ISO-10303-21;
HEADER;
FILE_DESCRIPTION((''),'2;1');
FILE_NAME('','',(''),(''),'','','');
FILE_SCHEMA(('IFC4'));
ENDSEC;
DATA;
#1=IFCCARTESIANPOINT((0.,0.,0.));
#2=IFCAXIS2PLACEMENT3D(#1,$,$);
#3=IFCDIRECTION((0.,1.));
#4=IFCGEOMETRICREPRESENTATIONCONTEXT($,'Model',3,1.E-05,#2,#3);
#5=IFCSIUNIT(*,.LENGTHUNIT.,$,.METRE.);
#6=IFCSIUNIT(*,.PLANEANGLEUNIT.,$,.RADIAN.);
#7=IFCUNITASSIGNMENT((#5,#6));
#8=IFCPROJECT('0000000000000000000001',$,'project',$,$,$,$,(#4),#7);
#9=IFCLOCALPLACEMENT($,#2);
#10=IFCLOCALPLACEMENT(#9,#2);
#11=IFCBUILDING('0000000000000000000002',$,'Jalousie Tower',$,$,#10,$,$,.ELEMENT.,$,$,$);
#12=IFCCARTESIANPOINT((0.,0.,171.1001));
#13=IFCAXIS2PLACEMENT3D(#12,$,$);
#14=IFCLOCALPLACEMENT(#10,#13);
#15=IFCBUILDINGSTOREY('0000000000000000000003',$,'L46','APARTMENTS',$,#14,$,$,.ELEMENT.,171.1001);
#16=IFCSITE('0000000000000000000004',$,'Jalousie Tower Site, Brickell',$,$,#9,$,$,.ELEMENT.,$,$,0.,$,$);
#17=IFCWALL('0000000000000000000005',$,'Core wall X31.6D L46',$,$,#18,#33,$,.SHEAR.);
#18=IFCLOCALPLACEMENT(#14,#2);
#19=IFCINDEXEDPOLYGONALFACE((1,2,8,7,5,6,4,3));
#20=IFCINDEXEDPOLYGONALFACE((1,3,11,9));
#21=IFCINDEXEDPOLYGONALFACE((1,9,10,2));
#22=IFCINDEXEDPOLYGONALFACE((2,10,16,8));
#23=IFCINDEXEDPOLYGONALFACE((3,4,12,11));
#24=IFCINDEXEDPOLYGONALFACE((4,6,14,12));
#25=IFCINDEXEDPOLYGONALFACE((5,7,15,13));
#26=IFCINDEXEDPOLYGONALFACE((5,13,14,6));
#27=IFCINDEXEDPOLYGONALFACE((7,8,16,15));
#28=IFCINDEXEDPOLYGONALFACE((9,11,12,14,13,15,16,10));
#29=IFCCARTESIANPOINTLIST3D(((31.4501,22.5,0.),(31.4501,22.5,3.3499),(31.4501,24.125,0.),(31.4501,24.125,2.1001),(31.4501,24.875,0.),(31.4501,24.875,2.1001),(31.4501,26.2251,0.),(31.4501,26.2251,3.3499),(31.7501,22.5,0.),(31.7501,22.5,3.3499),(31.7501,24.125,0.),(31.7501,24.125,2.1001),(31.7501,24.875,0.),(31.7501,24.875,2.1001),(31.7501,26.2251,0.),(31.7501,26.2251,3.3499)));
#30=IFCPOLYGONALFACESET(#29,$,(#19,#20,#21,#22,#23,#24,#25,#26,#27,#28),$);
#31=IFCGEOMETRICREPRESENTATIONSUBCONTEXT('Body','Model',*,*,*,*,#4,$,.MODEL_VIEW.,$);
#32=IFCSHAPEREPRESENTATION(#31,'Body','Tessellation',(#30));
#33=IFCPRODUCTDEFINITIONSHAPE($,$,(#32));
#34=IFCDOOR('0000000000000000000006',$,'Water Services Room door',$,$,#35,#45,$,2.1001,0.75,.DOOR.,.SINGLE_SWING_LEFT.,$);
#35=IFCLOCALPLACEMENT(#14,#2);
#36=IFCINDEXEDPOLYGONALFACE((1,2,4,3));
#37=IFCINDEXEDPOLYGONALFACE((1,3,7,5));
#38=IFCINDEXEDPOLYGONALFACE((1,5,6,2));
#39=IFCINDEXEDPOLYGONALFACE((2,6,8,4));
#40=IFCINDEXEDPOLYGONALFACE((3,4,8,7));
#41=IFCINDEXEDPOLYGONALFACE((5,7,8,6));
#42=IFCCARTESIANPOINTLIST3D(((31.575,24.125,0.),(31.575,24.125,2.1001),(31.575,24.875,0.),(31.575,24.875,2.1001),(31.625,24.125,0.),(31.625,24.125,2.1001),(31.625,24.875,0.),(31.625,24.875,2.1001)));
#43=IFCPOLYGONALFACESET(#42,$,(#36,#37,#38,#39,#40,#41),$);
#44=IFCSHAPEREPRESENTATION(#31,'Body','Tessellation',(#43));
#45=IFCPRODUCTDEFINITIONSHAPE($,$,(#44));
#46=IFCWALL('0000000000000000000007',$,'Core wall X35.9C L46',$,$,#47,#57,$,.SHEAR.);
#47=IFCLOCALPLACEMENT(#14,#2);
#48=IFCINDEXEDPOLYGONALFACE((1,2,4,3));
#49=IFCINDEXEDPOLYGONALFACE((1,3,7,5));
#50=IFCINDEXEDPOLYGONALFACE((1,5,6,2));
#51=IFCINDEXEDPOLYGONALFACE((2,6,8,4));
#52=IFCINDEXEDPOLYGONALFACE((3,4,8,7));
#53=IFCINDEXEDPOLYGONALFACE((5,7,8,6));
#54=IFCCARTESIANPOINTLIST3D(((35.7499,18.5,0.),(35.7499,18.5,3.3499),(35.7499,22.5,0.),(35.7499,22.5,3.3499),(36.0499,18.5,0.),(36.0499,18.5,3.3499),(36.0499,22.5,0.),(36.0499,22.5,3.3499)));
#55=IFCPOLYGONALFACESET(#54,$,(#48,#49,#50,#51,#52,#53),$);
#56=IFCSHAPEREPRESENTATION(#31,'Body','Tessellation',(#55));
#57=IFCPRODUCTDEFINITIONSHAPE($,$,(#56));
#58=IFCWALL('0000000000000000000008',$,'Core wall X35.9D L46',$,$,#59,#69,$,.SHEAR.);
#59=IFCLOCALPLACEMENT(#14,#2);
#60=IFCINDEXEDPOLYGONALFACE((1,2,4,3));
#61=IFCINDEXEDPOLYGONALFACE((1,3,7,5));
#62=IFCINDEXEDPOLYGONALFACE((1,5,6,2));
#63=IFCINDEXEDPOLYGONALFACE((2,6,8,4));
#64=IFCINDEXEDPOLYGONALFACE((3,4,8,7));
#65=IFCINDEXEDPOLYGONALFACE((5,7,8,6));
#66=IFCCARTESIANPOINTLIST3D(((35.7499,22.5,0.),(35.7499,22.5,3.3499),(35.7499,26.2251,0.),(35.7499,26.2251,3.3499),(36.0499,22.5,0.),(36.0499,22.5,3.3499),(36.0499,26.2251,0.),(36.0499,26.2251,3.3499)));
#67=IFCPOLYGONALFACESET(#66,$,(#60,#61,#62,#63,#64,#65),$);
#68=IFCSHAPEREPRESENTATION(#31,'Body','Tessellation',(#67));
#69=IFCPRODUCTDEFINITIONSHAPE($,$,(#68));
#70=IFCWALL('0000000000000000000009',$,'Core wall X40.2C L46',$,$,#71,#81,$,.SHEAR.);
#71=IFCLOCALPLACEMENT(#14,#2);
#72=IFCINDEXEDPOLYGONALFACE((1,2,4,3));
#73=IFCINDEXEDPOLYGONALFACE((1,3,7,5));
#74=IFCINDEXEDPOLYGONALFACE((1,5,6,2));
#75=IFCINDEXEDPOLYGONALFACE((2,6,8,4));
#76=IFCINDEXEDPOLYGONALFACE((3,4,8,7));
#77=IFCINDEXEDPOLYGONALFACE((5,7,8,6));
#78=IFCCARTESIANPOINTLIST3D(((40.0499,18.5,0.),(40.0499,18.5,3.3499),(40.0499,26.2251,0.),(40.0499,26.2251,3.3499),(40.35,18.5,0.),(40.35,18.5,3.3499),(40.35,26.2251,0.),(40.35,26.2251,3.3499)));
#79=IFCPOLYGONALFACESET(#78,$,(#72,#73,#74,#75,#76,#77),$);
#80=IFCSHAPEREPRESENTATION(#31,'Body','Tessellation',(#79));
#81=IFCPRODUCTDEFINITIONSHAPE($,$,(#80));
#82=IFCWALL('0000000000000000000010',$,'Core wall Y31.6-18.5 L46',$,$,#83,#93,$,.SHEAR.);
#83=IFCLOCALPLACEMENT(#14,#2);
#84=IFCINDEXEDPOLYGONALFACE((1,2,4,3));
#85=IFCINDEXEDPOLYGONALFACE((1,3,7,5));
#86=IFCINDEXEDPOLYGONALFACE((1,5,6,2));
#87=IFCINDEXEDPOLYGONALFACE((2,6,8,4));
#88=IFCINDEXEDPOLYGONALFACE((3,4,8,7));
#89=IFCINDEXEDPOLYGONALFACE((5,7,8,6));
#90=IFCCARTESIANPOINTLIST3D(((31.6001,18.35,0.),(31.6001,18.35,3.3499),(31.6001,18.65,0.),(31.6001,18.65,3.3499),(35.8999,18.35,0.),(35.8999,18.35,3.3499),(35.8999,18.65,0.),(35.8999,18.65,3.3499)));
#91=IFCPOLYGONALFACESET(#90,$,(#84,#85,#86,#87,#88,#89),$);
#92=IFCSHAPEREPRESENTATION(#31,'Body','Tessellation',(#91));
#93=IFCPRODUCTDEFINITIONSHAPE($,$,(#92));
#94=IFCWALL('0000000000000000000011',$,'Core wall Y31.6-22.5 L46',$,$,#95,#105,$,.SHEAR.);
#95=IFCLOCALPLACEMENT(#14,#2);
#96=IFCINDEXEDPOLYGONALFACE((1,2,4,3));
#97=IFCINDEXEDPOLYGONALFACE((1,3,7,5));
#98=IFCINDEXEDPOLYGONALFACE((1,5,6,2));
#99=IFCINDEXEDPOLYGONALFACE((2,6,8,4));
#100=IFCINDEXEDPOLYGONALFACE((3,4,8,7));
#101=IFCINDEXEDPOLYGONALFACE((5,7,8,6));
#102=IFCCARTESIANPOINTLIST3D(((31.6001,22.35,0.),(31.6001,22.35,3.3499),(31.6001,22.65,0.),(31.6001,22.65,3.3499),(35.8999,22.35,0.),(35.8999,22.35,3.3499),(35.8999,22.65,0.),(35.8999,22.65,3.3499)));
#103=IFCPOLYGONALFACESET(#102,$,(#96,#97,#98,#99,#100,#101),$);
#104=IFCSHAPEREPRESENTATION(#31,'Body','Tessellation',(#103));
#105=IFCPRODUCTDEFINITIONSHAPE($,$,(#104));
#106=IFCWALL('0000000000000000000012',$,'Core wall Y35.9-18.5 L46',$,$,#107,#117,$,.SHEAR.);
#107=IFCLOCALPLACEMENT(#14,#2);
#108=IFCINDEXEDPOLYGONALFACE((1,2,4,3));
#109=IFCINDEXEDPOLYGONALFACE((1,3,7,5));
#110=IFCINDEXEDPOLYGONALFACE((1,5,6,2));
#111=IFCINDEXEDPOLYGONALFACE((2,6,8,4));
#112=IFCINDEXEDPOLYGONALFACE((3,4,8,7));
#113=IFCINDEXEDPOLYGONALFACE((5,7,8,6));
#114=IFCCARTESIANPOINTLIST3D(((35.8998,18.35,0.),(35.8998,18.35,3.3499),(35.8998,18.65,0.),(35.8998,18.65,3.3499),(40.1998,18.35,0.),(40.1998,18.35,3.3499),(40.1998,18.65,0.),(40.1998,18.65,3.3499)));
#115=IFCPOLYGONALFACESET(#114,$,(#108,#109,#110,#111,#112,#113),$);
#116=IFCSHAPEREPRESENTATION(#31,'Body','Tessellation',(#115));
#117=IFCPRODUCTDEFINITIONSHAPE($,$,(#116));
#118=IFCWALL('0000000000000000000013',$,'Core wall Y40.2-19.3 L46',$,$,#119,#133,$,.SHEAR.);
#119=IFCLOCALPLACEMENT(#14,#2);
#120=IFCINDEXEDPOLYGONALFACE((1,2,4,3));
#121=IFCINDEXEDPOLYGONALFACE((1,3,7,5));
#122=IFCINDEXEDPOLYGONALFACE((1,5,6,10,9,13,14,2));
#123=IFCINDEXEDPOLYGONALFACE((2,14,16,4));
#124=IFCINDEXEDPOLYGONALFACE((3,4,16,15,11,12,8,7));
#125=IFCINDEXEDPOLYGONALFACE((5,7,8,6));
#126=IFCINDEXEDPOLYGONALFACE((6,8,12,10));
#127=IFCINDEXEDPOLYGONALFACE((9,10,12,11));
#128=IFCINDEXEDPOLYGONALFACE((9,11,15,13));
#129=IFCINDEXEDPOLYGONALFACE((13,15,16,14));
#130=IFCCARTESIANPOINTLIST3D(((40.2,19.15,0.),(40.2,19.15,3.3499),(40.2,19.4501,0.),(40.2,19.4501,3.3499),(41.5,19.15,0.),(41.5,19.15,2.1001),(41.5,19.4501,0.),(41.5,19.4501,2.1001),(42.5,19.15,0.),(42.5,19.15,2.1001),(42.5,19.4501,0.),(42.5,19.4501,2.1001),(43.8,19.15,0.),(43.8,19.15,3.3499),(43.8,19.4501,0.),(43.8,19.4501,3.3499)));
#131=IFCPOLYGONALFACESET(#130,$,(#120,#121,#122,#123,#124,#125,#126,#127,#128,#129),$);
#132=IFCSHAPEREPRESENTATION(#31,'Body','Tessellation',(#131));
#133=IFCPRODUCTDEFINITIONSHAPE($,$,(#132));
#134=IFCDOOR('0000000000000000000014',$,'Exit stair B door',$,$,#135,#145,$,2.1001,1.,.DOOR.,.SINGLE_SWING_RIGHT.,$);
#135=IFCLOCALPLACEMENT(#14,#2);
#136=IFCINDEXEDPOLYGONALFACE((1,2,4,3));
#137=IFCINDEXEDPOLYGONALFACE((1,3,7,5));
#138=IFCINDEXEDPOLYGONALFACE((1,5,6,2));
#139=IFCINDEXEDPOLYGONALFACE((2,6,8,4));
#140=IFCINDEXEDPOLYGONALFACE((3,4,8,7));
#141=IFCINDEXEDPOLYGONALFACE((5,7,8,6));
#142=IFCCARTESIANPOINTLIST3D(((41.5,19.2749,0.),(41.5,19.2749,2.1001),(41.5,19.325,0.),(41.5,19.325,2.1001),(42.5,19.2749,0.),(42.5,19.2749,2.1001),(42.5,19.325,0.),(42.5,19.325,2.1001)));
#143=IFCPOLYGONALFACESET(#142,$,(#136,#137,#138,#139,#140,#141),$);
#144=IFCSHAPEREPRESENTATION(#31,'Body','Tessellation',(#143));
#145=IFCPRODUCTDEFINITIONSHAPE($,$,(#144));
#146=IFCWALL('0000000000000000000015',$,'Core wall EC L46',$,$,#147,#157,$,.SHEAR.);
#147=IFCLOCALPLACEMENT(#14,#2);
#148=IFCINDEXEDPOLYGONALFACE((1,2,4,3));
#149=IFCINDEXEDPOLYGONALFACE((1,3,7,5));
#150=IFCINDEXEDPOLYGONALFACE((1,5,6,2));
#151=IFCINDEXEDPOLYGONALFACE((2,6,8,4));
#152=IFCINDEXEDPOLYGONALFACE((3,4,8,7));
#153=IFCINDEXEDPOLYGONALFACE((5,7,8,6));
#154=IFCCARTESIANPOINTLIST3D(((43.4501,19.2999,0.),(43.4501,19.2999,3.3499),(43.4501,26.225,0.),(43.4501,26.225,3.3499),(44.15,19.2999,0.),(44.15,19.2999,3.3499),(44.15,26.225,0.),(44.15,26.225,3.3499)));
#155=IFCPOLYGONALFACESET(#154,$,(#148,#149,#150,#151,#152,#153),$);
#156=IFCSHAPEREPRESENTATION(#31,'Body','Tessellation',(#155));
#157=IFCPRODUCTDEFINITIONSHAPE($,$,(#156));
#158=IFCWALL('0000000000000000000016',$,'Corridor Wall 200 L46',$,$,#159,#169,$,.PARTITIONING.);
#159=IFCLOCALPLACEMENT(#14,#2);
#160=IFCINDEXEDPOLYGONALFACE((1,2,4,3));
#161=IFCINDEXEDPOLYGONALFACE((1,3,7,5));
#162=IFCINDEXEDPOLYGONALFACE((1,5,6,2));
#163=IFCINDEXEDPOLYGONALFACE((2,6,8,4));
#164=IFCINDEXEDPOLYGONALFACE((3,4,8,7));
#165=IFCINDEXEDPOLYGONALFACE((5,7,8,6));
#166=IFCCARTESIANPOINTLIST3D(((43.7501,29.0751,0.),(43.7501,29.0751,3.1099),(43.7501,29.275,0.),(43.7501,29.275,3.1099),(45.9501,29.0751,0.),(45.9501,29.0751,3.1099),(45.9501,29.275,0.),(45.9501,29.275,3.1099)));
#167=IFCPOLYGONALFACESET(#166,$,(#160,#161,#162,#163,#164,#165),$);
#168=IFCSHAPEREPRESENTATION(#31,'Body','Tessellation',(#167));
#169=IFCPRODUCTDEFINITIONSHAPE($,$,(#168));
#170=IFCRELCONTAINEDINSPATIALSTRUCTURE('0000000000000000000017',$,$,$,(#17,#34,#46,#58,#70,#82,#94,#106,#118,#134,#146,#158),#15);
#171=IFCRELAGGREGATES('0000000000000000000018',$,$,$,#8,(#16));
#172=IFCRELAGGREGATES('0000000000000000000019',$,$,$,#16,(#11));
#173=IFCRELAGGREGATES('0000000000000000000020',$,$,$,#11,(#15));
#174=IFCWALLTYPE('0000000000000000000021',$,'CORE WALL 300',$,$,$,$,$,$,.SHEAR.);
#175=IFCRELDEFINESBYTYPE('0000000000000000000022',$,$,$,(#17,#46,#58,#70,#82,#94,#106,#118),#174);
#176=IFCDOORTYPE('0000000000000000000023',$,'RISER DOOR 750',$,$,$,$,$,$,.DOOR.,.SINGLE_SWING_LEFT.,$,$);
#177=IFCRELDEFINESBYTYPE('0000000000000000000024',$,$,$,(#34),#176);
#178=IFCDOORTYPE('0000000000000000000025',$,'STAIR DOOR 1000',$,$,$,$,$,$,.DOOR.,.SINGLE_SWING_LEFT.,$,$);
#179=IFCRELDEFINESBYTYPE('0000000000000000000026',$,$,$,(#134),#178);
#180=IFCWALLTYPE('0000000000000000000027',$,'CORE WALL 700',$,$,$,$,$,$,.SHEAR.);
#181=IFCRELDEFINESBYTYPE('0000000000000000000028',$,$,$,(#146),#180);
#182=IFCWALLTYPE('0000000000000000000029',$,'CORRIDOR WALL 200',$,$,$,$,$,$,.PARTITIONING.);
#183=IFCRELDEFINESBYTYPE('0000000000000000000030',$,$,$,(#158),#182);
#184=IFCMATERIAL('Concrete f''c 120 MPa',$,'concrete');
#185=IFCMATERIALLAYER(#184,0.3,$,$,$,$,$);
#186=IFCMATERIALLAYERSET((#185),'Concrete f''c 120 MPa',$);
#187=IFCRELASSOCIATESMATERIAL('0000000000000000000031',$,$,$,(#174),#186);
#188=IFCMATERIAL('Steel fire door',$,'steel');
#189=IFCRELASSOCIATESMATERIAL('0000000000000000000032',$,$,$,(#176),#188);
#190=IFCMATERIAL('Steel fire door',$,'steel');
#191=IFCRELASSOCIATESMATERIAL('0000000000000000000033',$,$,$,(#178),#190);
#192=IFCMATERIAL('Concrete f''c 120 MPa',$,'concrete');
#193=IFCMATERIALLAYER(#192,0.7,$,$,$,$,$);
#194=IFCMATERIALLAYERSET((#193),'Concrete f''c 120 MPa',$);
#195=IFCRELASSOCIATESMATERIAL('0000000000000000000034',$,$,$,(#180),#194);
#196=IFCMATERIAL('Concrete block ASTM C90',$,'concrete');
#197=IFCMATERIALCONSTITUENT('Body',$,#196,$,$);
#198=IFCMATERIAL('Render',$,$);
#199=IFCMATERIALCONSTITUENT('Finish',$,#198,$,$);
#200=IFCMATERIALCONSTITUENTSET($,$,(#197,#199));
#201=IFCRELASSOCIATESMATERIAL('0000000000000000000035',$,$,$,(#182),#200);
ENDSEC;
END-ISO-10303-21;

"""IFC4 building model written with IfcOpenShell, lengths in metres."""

from ifc_helpers import new_model, si_unit, direction, frame, frame_2d, origin, place, context, subcontext, project, spatial, rectangle, extrude, material, layer, layer_set, constituent, constituent_set, type_object, element, fill, save


model = new_model("IFC4")

# Units and contexts
model_context = context("Model", 3, precision=1e-05, world=origin(), true_north=direction((0.0, 1.0)))
body_context = subcontext(model_context, "Body", "Model", "MODEL_VIEW")
ifc_project = project(units=[si_unit("LENGTHUNIT", "METRE"), si_unit("PLANEANGLEUNIT", "RADIAN")], contexts=[model_context])

# Site, building, storey
site_placement = place(None, origin())
site = spatial("IfcSite", under=ifc_project, at=site_placement, Name="Jalousie Tower Site, Brickell", CompositionType="ELEMENT", RefElevation=0.0)
building_placement = place(site_placement, origin())
building = spatial("IfcBuilding", under=site, at=building_placement, Name="Jalousie Tower", CompositionType="ELEMENT")
storey_placement = place(building_placement, frame((0.0, 0.0, 171.1001)))
storey = spatial("IfcBuildingStorey", under=building, at=storey_placement, Name="L46", Description="APARTMENTS", CompositionType="ELEMENT", Elevation=171.1001)

# Wall, opening, door
ifc_material_1 = material(Name="Concrete f'c 120 MPa", Category="concrete")
ifc_layer_1 = layer(ifc_material_1, 0.3)
ifc_layer_set_1 = layer_set([ifc_layer_1], Name="Concrete f'c 120 MPa")
wall_type_1 = type_object("IfcWallType", Name="CORE WALL 300", PredefinedType="SHEAR", material=ifc_layer_set_1)
ifc_material_2 = material(Name="Steel fire door", Category="steel")
door_type_1 = type_object("IfcDoorType", Name="RISER DOOR 750", OperationType="SINGLE_SWING_LEFT", PredefinedType="DOOR", material=ifc_material_2)
wall_1_placement = place(storey_placement, frame((31.6001, 22.5, 0.0), z_axis=(0.0, 0.0, 1.0), x_axis=(0.0, 1.0, 0.0)))
wall_1 = element("IfcWall", 1, at=wall_1_placement, inside=storey, type_object=wall_type_1, Name="Core wall X31.6D L46", PredefinedType="SHEAR", context=body_context, shape_type="SweptSolid", body=[
    extrude(rectangle(XDim=3.7251, YDim=0.3, at=frame_2d((1.8625, 0.0))), origin(), (0.0, 0.0, 1.0), 3.3499),
])
opening_1_placement = place(wall_1_placement, frame((1.625, 0.0, 0.0)))
opening_1 = element("IfcOpeningElement", 2, at=opening_1_placement, cuts=wall_1, PredefinedType="OPENING", context=body_context, shape_type="SweptSolid", body=[
    extrude(rectangle(XDim=0.75, YDim=2.1001, at=frame_2d((0.375, 1.05))), frame((0.0, 0.1599, 0.0), z_axis=(0.0, -1.0, 0.0), x_axis=(1.0, 0.0, 0.0)), (0.0, 0.0, 1.0), 0.3201),
])
door_1_placement = place(opening_1_placement, frame((0.75, 0.0, 0.0), z_axis=(0.0, 0.0, 1.0), x_axis=(-1.0, 0.0, 0.0)))
door_1 = element("IfcDoor", 3, at=door_1_placement, inside=storey, type_object=door_type_1, Name="Water Services Room door", OperationType="SINGLE_SWING_LEFT", OverallHeight=2.1001, OverallWidth=0.75, PredefinedType="DOOR", context=body_context, shape_type="SweptSolid", body=[
    extrude(rectangle(XDim=0.75, YDim=2.1001, at=frame_2d((0.375, 1.05))), frame((0.0, 0.0249, 0.0), z_axis=(0.0, -1.0, 0.0), x_axis=(1.0, 0.0, 0.0)), (0.0, 0.0, 1.0), 0.05),
])
fill(opening_1, door_1)

# Walls
wall_2_placement = place(storey_placement, frame((35.8999, 18.5, 0.0), z_axis=(0.0, 0.0, 1.0), x_axis=(0.0, 1.0, 0.0)))
element("IfcWall", 4, at=wall_2_placement, inside=storey, type_object=wall_type_1, Name="Core wall X35.9C L46", PredefinedType="SHEAR", context=body_context, shape_type="SweptSolid", body=[
    extrude(rectangle(XDim=4.0, YDim=0.3, at=frame_2d((2.0, 0.0))), origin(), (0.0, 0.0, 1.0), 3.3499),
])
wall_3_placement = place(storey_placement, frame((35.8999, 22.5, 0.0), z_axis=(0.0, 0.0, 1.0), x_axis=(0.0, 1.0, 0.0)))
element("IfcWall", 5, at=wall_3_placement, inside=storey, type_object=wall_type_1, Name="Core wall X35.9D L46", PredefinedType="SHEAR", context=body_context, shape_type="SweptSolid", body=[
    extrude(rectangle(XDim=3.7251, YDim=0.3, at=frame_2d((1.8625, 0.0))), origin(), (0.0, 0.0, 1.0), 3.3499),
])
wall_4_placement = place(storey_placement, frame((40.2, 18.5, 0.0), z_axis=(0.0, 0.0, 1.0), x_axis=(0.0, 1.0, 0.0)))
element("IfcWall", 6, at=wall_4_placement, inside=storey, type_object=wall_type_1, Name="Core wall X40.2C L46", PredefinedType="SHEAR", context=body_context, shape_type="SweptSolid", body=[
    extrude(rectangle(XDim=7.7251, YDim=0.3, at=frame_2d((3.8625, 0.0))), origin(), (0.0, 0.0, 1.0), 3.3499),
])
for number, where, z_axis, x_axis, name in (
    (7, (31.6001, 18.5, 0.0), (0.0, 0.0, 1.0), (1.0, 0.0, 0.0), "Core wall Y31.6-18.5 L46"),
    (8, (31.6001, 22.5, 0.0), (0.0, 0.0, 1.0), (1.0, 0.0, 0.0), "Core wall Y31.6-22.5 L46"),
):
    element("IfcWall", number, at=place(storey_placement, frame(where, z_axis=z_axis, x_axis=x_axis)), inside=storey, type_object=wall_type_1, Name=name, PredefinedType="SHEAR", context=body_context, shape_type="SweptSolid", body=[
        extrude(rectangle(XDim=4.2998, YDim=0.3, at=frame_2d((2.1499, 0.0))), origin(), (0.0, 0.0, 1.0), 3.3499),
    ])
wall_5_placement = place(storey_placement, frame((35.8999, 18.5, 0.0), z_axis=(0.0, 0.0, 1.0), x_axis=(1.0, 0.0, 0.0)))
element("IfcWall", 9, at=wall_5_placement, inside=storey, type_object=wall_type_1, Name="Core wall Y35.9-18.5 L46", PredefinedType="SHEAR", context=body_context, shape_type="SweptSolid", body=[
    extrude(rectangle(XDim=4.3, YDim=0.3, at=frame_2d((2.1499, 0.0))), origin(), (0.0, 0.0, 1.0), 3.3499),
])

# Wall, opening, door
wall_6_placement = place(storey_placement, frame((40.2, 19.3, 0.0), z_axis=(0.0, 0.0, 1.0), x_axis=(1.0, 0.0, 0.0)))
wall_6 = element("IfcWall", 10, at=wall_6_placement, inside=storey, type_object=wall_type_1, Name="Core wall Y40.2-19.3 L46", PredefinedType="SHEAR", context=body_context, shape_type="SweptSolid", body=[
    extrude(rectangle(XDim=3.6001, YDim=0.3, at=frame_2d((1.8, 0.0))), origin(), (0.0, 0.0, 1.0), 3.3499),
])
opening_2_placement = place(wall_6_placement, frame((1.3, 0.0, 0.0)))
opening_2 = element("IfcOpeningElement", 11, at=opening_2_placement, cuts=wall_6, PredefinedType="OPENING", context=body_context, shape_type="SweptSolid", body=[
    extrude(rectangle(XDim=1.0, YDim=2.1001, at=frame_2d((0.5, 1.05))), frame((0.0, 0.1599, 0.0), z_axis=(0.0, -1.0, 0.0), x_axis=(1.0, 0.0, 0.0)), (0.0, 0.0, 1.0), 0.3201),
])
ifc_material_3 = material(Name="Steel fire door", Category="steel")
door_type_2 = type_object("IfcDoorType", Name="STAIR DOOR 1000", OperationType="SINGLE_SWING_LEFT", PredefinedType="DOOR", material=ifc_material_3)
door_2_placement = place(opening_2_placement, origin())
door_2 = element("IfcDoor", 12, at=door_2_placement, inside=storey, type_object=door_type_2, Name="Exit stair B door", OperationType="SINGLE_SWING_RIGHT", OverallHeight=2.1001, OverallWidth=1.0, PredefinedType="DOOR", context=body_context, shape_type="SweptSolid", body=[
    extrude(rectangle(XDim=1.0, YDim=2.1001, at=frame_2d((0.5, 1.05))), frame((0.0, 0.0249, 0.0), z_axis=(0.0, -1.0, 0.0), x_axis=(1.0, 0.0, 0.0)), (0.0, 0.0, 1.0), 0.05),
])
fill(opening_2, door_2)

# Walls
ifc_material_4 = material(Name="Concrete f'c 120 MPa", Category="concrete")
ifc_layer_2 = layer(ifc_material_4, 0.7)
ifc_layer_set_2 = layer_set([ifc_layer_2], Name="Concrete f'c 120 MPa")
wall_type_2 = type_object("IfcWallType", Name="CORE WALL 700", PredefinedType="SHEAR", material=ifc_layer_set_2)
wall_7_placement = place(storey_placement, frame((43.8, 19.3, 0.0), z_axis=(0.0, 0.0, 1.0), x_axis=(0.0, 1.0, 0.0)))
element("IfcWall", 13, at=wall_7_placement, inside=storey, type_object=wall_type_2, Name="Core wall EC L46", PredefinedType="SHEAR", context=body_context, shape_type="SweptSolid", body=[
    extrude(rectangle(XDim=6.925, YDim=0.7, at=frame_2d((3.4624, 0.0))), origin(), (0.0, 0.0, 1.0), 3.3499),
])
ifc_material_5 = material(Name="Concrete block ASTM C90", Category="concrete")
ifc_constituent_1 = constituent(ifc_material_5, Name="Body")
ifc_material_6 = material(Name="Render")
ifc_constituent_2 = constituent(ifc_material_6, Name="Finish")
ifc_constituent_set_1 = constituent_set(constituents=[ifc_constituent_1, ifc_constituent_2])
wall_type_3 = type_object("IfcWallType", Name="CORRIDOR WALL 200", PredefinedType="PARTITIONING", material=ifc_constituent_set_1)
wall_8_placement = place(storey_placement, frame((43.75, 29.175, 0.0), z_axis=(0.0, 0.0, 1.0), x_axis=(1.0, 0.0, 0.0)))
element("IfcWall", 14, at=wall_8_placement, inside=storey, type_object=wall_type_3, Name="Corridor Wall 200 L46", PredefinedType="PARTITIONING", context=body_context, shape_type="SweptSolid", body=[
    extrude(rectangle(XDim=2.2, YDim=0.2, at=frame_2d((1.1001, 0.0))), origin(), (0.0, 0.0, 1.0), 3.1099),
])

save(model, "model.ifc")
